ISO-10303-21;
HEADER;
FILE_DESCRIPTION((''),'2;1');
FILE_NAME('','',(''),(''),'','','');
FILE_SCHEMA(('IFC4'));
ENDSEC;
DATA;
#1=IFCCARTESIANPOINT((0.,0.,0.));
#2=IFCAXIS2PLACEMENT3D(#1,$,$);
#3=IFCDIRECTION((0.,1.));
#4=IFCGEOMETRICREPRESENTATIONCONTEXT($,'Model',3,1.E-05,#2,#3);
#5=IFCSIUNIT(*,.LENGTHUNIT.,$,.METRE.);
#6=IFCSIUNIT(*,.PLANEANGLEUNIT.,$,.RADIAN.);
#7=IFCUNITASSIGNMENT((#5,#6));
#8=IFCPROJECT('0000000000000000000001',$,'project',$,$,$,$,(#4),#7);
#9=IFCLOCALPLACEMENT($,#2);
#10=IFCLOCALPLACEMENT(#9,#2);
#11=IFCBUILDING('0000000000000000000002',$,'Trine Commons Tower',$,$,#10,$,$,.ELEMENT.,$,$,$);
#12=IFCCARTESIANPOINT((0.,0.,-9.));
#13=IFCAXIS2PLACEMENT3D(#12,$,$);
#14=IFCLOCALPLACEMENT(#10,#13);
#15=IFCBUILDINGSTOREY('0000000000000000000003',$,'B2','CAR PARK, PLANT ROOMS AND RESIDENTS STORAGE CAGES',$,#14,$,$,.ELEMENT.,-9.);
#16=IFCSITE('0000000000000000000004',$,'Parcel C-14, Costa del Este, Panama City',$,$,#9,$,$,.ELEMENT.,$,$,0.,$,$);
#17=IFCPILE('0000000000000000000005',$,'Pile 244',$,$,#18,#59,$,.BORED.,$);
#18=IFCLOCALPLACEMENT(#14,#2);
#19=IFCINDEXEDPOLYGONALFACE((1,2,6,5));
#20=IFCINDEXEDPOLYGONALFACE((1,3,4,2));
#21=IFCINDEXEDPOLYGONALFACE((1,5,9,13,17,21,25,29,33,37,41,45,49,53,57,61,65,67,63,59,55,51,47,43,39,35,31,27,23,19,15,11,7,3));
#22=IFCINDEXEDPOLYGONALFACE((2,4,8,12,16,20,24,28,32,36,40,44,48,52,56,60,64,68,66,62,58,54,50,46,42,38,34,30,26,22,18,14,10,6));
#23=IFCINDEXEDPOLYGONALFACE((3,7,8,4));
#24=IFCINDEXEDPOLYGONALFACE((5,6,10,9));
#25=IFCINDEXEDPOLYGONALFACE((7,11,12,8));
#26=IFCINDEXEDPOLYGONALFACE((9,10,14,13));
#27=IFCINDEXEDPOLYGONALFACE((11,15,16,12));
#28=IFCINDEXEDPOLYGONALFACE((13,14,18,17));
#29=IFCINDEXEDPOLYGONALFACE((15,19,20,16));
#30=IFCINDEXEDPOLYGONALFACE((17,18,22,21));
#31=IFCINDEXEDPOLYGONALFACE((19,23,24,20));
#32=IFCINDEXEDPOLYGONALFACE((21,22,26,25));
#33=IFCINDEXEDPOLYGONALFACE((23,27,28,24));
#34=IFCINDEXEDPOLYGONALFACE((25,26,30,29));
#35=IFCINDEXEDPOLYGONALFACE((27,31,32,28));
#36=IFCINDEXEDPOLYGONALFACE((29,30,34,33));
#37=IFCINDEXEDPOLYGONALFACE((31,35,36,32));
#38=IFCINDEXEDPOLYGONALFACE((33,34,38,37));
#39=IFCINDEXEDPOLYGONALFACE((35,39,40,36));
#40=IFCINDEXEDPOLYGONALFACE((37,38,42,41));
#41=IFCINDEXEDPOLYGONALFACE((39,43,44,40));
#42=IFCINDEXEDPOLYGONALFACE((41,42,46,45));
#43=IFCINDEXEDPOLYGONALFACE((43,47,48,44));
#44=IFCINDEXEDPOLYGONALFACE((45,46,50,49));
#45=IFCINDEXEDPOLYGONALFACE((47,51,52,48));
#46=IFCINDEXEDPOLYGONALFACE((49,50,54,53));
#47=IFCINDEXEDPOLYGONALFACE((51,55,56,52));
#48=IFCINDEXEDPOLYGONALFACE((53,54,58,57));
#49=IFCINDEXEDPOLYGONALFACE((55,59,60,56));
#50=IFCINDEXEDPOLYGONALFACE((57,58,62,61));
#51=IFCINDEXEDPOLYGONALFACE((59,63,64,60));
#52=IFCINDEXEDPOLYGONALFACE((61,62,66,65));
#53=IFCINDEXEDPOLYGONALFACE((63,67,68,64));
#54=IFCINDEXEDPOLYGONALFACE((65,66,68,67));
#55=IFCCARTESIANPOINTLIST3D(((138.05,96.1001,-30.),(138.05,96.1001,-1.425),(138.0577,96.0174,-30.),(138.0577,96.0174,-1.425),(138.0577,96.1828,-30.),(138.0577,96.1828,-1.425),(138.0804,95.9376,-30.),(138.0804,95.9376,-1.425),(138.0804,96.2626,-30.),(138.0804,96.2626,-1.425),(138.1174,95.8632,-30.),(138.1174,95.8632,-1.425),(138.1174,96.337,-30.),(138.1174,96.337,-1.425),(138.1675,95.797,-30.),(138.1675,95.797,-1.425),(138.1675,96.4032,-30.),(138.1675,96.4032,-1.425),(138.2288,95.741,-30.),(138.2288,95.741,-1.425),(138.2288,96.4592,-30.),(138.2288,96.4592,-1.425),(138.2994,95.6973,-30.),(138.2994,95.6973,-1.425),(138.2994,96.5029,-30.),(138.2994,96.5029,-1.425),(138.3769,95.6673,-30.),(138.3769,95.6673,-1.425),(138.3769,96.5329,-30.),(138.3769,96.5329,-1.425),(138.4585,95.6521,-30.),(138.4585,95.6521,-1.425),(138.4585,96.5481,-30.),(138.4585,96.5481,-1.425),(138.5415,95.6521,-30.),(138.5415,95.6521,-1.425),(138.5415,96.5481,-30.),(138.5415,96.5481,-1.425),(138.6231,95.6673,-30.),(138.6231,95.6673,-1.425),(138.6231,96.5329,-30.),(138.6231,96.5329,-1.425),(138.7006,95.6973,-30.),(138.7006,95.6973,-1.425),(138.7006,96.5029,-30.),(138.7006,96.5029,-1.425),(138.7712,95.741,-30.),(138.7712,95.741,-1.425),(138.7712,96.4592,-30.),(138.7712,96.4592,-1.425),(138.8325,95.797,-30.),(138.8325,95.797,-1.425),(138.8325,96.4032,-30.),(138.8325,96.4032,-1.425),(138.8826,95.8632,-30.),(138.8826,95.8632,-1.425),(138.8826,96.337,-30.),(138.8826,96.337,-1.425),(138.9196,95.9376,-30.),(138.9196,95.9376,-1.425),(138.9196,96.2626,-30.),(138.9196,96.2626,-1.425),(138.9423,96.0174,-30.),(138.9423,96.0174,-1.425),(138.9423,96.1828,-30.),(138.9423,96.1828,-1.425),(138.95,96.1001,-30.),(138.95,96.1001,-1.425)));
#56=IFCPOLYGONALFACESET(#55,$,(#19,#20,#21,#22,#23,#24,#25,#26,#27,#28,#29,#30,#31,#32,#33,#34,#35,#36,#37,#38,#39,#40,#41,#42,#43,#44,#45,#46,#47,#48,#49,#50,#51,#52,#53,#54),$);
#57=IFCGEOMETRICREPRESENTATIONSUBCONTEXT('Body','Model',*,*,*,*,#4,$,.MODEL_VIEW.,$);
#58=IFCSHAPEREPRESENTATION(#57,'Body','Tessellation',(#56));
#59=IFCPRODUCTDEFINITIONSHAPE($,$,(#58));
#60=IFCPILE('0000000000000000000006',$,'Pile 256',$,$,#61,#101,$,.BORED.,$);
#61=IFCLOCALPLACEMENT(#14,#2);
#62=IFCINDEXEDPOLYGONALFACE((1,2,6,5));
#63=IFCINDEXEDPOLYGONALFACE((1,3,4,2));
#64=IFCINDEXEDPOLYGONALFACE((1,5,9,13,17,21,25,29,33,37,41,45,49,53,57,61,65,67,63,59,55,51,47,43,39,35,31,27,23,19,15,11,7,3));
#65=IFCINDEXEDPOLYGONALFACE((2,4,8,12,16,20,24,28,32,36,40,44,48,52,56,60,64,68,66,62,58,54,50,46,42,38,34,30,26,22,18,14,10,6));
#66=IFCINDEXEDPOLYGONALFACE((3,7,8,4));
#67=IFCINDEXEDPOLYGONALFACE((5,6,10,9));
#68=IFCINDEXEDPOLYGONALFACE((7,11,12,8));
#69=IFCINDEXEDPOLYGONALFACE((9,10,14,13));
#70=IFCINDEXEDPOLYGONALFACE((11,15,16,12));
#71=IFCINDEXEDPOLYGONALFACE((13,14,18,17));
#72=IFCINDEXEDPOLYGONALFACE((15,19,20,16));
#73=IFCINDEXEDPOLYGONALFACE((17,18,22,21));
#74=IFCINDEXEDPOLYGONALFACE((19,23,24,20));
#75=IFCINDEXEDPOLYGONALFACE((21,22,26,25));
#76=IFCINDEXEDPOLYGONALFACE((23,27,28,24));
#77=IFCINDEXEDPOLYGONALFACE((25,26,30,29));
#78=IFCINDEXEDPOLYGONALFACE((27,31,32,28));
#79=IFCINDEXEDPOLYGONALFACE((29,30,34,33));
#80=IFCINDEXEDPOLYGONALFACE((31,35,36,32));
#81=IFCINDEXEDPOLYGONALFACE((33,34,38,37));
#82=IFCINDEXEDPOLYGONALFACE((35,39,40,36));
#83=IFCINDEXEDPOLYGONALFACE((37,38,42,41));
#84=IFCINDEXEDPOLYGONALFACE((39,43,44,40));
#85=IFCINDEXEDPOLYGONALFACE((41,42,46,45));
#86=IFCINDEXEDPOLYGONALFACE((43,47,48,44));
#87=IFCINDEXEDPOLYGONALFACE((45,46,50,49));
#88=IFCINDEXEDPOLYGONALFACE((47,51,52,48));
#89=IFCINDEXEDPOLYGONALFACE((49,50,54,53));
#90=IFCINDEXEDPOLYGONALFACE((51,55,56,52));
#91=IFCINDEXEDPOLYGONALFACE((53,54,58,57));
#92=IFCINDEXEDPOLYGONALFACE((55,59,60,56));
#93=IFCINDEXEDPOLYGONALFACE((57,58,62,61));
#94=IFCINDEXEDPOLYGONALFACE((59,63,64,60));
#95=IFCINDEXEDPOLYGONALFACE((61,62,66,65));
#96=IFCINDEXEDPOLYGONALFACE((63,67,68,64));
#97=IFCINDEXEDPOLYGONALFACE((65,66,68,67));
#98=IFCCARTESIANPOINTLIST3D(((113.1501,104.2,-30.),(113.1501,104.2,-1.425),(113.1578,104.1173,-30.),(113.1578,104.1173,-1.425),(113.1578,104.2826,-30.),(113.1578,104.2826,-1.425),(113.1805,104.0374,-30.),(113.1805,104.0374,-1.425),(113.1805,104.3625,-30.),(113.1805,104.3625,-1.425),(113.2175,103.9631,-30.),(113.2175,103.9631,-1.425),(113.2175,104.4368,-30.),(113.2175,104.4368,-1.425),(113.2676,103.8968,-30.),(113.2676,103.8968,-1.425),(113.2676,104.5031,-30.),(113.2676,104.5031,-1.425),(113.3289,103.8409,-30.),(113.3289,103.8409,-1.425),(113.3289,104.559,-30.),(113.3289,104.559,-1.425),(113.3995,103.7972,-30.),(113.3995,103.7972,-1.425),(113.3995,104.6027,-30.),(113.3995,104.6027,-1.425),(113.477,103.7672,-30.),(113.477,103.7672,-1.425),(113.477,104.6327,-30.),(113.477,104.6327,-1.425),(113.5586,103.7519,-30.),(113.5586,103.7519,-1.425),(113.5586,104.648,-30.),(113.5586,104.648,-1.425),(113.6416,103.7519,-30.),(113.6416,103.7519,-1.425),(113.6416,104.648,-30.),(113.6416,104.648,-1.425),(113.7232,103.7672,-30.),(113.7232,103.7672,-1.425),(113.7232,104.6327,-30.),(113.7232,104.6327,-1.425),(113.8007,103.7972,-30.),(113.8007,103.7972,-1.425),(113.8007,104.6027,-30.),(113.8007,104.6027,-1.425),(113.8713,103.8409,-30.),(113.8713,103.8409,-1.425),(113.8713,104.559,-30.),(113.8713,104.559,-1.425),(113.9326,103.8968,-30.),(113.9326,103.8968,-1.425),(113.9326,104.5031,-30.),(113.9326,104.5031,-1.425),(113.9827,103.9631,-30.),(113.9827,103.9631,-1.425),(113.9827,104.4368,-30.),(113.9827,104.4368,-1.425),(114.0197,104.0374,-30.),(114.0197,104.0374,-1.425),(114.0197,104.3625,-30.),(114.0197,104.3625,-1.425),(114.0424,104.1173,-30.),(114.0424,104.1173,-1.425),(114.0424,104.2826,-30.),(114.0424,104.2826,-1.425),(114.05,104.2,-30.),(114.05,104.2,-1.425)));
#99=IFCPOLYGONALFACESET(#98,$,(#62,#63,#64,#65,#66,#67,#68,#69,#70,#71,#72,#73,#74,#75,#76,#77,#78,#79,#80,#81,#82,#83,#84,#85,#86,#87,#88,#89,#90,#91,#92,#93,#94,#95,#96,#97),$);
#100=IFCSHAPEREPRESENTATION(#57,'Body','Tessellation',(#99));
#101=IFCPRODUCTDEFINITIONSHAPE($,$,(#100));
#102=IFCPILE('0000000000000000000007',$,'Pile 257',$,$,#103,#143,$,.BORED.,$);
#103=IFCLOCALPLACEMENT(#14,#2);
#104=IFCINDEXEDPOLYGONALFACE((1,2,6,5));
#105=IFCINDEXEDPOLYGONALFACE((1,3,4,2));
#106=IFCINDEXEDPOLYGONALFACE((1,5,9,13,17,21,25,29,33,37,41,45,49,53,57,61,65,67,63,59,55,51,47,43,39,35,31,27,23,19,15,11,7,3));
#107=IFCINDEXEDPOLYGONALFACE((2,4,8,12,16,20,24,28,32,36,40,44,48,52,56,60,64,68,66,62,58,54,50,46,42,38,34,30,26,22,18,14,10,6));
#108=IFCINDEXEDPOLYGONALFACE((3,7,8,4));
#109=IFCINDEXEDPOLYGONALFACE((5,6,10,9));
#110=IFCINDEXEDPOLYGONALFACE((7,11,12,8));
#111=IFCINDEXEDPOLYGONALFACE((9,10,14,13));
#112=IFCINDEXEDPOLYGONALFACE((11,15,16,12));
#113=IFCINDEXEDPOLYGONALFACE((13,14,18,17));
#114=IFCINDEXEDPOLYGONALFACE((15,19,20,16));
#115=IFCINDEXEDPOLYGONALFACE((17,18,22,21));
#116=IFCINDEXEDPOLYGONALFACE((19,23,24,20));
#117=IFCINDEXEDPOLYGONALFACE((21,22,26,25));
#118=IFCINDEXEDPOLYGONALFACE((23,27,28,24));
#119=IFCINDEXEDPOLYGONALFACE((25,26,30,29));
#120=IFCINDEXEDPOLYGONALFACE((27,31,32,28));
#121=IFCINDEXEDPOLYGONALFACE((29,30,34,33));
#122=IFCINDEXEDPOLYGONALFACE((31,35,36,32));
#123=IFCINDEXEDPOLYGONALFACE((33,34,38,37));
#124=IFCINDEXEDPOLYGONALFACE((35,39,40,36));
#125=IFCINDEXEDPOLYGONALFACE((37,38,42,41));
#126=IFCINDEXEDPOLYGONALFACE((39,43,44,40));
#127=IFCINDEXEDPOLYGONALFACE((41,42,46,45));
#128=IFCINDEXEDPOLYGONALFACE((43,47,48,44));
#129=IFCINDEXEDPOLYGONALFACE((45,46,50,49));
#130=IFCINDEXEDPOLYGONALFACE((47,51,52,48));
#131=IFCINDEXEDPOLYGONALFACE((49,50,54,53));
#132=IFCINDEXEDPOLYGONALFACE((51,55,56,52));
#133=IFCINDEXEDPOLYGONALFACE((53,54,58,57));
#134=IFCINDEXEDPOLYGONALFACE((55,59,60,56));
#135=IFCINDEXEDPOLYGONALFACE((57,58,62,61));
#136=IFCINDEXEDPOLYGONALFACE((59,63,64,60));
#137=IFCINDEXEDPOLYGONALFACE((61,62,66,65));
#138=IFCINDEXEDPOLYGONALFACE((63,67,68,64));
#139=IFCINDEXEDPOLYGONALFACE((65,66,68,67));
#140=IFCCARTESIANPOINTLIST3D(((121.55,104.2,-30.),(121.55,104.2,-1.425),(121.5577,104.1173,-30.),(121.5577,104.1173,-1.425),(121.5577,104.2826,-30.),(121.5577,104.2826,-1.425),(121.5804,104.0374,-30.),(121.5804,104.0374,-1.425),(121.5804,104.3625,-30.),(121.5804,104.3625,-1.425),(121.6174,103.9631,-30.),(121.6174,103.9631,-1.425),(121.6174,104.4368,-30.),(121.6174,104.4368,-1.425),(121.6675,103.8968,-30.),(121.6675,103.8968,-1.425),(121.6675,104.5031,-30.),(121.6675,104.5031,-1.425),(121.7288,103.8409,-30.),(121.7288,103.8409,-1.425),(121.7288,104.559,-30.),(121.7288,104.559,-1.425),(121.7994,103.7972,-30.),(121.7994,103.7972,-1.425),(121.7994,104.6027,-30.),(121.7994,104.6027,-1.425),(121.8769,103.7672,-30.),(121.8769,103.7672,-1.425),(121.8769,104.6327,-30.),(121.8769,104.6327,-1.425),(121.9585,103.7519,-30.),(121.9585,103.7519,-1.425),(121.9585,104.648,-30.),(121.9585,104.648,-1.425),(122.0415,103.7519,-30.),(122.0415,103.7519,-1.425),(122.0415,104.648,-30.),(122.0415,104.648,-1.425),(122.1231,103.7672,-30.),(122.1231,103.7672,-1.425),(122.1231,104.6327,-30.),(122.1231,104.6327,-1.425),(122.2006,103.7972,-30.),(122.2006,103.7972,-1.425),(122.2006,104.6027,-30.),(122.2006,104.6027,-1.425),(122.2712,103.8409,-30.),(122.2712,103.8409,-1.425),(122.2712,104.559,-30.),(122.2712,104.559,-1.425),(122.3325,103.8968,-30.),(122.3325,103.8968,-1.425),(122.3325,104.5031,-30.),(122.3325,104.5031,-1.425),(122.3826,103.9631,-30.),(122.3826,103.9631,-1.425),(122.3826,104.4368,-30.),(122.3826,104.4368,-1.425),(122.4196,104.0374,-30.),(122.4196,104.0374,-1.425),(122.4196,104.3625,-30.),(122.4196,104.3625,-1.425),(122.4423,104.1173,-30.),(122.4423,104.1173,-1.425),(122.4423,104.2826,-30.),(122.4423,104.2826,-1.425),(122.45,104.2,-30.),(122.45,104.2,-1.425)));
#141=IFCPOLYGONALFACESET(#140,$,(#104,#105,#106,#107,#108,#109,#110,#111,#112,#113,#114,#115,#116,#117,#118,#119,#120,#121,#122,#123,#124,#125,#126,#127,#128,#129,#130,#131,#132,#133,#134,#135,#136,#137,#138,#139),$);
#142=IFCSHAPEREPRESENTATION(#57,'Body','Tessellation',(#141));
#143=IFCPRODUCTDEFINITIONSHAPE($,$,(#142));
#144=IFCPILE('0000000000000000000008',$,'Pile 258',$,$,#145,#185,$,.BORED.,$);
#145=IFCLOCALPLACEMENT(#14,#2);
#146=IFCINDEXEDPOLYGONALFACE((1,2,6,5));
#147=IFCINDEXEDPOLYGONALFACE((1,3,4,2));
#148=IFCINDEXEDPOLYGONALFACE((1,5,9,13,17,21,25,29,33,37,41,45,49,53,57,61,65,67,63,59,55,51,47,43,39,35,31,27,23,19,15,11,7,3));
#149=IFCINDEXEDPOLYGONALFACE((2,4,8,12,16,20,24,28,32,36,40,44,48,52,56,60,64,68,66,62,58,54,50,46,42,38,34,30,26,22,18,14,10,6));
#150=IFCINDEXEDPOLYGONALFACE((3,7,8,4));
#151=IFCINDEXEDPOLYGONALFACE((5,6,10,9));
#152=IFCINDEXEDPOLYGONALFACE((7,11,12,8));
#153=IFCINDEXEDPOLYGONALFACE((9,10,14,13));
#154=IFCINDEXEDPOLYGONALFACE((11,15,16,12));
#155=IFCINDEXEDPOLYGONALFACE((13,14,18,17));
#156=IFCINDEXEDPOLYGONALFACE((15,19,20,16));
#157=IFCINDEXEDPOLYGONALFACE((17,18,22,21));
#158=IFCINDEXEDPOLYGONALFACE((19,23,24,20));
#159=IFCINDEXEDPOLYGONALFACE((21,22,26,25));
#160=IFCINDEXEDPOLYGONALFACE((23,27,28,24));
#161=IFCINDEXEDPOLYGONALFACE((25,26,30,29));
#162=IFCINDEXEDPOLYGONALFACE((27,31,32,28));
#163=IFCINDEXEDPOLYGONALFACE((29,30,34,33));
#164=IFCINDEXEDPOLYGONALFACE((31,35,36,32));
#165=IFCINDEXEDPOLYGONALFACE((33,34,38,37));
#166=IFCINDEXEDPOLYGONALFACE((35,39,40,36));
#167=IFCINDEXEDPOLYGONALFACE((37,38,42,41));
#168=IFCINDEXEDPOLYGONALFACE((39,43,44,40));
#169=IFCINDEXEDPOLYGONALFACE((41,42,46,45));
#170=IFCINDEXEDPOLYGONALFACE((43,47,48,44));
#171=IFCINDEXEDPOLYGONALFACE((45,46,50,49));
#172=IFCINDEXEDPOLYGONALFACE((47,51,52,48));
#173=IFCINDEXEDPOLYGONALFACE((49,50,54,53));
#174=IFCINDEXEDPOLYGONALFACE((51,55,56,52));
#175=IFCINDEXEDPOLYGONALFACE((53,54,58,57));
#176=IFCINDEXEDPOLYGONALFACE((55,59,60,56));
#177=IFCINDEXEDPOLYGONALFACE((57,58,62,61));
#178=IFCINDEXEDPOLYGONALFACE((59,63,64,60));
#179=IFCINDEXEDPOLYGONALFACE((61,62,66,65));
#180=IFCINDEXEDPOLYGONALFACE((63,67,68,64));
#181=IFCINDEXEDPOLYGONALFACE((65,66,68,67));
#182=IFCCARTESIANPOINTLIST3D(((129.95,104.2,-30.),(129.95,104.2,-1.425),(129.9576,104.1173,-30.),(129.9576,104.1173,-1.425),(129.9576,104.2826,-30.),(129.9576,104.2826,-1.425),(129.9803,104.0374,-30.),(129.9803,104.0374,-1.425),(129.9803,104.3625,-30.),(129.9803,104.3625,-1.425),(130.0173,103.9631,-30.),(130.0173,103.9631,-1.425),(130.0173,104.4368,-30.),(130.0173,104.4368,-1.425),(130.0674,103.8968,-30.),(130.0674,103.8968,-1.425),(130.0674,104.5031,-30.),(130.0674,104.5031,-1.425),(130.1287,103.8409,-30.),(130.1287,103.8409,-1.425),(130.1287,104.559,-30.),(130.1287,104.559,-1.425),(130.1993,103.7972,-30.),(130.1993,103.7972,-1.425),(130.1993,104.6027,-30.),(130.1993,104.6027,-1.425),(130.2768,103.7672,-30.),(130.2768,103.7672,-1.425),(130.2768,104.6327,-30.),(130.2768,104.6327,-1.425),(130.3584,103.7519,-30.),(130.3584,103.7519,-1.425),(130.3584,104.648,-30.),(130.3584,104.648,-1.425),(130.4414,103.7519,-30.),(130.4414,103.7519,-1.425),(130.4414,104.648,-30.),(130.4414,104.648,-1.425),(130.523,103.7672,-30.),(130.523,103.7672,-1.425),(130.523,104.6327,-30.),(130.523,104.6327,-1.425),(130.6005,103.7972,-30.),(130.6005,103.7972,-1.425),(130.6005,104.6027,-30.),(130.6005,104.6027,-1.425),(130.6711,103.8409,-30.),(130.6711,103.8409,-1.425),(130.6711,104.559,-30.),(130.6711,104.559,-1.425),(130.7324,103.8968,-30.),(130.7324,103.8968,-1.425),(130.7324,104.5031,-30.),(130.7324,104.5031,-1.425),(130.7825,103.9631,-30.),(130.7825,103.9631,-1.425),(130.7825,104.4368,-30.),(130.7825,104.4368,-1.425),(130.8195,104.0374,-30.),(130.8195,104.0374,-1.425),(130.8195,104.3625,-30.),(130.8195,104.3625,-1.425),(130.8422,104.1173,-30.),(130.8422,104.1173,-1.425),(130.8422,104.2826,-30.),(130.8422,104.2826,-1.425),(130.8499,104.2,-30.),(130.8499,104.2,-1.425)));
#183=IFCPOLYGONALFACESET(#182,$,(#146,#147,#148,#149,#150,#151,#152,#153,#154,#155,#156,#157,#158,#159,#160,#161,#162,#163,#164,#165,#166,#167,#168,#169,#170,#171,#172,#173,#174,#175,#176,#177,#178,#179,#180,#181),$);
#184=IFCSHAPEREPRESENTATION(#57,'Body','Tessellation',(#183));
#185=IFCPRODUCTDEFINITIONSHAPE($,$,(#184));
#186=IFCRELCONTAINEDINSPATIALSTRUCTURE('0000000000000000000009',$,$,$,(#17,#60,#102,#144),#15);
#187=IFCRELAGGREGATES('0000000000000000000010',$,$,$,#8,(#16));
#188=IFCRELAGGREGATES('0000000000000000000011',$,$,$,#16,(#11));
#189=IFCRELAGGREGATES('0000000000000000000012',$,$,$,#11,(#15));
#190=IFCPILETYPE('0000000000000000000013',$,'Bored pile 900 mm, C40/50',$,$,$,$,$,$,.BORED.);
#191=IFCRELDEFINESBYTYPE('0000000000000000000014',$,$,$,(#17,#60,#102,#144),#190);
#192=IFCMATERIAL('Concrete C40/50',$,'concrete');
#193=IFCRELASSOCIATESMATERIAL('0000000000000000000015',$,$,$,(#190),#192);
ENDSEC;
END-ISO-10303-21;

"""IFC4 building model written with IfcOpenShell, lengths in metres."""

from ifc_helpers import new_model, si_unit, direction, frame, origin, origin_2d, place, context, subcontext, project, spatial, circle, extrude, material, type_object, element, save


model = new_model("IFC4")

# Units and contexts
model_context = context("Model", 3, precision=1e-05, world=origin(), true_north=direction((0.0, 1.0)))
body_context = subcontext(model_context, "Body", "Model", "MODEL_VIEW")
ifc_project = project(units=[si_unit("LENGTHUNIT", "METRE"), si_unit("PLANEANGLEUNIT", "RADIAN")], contexts=[model_context])

# Site, building, storey
site_placement = place(None, origin())
site = spatial("IfcSite", under=ifc_project, at=site_placement, Name="Parcel C-14, Costa del Este, Panama City", CompositionType="ELEMENT", RefElevation=0.0)
building_placement = place(site_placement, origin())
building = spatial("IfcBuilding", under=site, at=building_placement, Name="Trine Commons Tower", CompositionType="ELEMENT")
storey_placement = place(building_placement, frame((0.0, 0.0, -9.0)))
storey = spatial("IfcBuildingStorey", under=building, at=storey_placement, Name="B2", Description="CAR PARK, PLANT ROOMS AND RESIDENTS STORAGE CAGES", CompositionType="ELEMENT", Elevation=-9.0)

# Piles
ifc_material_1 = material(Name="Concrete C40/50", Category="concrete")
pile_type = type_object("IfcPileType", Name="Bored pile 900 mm, C40/50", PredefinedType="BORED", material=ifc_material_1)
for number, where, z_axis, x_axis, name in (
    (1, (138.5, 96.1001, -1.425), (0.0, 0.0, -1.0), (1.0, 0.0, 0.0), "Pile 244"),
    (2, (113.6001, 104.2, -1.425), (0.0, 0.0, -1.0), (1.0, 0.0, 0.0), "Pile 256"),
    (3, (122.0, 104.2, -1.425), (0.0, 0.0, -1.0), (1.0, 0.0, 0.0), "Pile 257"),
    (4, (130.3999, 104.2, -1.425), (0.0, 0.0, -1.0), (1.0, 0.0, 0.0), "Pile 258"),
):
    element("IfcPile", number, at=place(storey_placement, frame(where, z_axis=z_axis, x_axis=x_axis)), inside=storey, type_object=pile_type, Name=name, PredefinedType="BORED", context=body_context, shape_type="SweptSolid", body=[
        extrude(circle(Radius=0.45, at=origin_2d()), origin(), (0.0, 0.0, 1.0), 28.575),
    ])

save(model, "model.ifc")
